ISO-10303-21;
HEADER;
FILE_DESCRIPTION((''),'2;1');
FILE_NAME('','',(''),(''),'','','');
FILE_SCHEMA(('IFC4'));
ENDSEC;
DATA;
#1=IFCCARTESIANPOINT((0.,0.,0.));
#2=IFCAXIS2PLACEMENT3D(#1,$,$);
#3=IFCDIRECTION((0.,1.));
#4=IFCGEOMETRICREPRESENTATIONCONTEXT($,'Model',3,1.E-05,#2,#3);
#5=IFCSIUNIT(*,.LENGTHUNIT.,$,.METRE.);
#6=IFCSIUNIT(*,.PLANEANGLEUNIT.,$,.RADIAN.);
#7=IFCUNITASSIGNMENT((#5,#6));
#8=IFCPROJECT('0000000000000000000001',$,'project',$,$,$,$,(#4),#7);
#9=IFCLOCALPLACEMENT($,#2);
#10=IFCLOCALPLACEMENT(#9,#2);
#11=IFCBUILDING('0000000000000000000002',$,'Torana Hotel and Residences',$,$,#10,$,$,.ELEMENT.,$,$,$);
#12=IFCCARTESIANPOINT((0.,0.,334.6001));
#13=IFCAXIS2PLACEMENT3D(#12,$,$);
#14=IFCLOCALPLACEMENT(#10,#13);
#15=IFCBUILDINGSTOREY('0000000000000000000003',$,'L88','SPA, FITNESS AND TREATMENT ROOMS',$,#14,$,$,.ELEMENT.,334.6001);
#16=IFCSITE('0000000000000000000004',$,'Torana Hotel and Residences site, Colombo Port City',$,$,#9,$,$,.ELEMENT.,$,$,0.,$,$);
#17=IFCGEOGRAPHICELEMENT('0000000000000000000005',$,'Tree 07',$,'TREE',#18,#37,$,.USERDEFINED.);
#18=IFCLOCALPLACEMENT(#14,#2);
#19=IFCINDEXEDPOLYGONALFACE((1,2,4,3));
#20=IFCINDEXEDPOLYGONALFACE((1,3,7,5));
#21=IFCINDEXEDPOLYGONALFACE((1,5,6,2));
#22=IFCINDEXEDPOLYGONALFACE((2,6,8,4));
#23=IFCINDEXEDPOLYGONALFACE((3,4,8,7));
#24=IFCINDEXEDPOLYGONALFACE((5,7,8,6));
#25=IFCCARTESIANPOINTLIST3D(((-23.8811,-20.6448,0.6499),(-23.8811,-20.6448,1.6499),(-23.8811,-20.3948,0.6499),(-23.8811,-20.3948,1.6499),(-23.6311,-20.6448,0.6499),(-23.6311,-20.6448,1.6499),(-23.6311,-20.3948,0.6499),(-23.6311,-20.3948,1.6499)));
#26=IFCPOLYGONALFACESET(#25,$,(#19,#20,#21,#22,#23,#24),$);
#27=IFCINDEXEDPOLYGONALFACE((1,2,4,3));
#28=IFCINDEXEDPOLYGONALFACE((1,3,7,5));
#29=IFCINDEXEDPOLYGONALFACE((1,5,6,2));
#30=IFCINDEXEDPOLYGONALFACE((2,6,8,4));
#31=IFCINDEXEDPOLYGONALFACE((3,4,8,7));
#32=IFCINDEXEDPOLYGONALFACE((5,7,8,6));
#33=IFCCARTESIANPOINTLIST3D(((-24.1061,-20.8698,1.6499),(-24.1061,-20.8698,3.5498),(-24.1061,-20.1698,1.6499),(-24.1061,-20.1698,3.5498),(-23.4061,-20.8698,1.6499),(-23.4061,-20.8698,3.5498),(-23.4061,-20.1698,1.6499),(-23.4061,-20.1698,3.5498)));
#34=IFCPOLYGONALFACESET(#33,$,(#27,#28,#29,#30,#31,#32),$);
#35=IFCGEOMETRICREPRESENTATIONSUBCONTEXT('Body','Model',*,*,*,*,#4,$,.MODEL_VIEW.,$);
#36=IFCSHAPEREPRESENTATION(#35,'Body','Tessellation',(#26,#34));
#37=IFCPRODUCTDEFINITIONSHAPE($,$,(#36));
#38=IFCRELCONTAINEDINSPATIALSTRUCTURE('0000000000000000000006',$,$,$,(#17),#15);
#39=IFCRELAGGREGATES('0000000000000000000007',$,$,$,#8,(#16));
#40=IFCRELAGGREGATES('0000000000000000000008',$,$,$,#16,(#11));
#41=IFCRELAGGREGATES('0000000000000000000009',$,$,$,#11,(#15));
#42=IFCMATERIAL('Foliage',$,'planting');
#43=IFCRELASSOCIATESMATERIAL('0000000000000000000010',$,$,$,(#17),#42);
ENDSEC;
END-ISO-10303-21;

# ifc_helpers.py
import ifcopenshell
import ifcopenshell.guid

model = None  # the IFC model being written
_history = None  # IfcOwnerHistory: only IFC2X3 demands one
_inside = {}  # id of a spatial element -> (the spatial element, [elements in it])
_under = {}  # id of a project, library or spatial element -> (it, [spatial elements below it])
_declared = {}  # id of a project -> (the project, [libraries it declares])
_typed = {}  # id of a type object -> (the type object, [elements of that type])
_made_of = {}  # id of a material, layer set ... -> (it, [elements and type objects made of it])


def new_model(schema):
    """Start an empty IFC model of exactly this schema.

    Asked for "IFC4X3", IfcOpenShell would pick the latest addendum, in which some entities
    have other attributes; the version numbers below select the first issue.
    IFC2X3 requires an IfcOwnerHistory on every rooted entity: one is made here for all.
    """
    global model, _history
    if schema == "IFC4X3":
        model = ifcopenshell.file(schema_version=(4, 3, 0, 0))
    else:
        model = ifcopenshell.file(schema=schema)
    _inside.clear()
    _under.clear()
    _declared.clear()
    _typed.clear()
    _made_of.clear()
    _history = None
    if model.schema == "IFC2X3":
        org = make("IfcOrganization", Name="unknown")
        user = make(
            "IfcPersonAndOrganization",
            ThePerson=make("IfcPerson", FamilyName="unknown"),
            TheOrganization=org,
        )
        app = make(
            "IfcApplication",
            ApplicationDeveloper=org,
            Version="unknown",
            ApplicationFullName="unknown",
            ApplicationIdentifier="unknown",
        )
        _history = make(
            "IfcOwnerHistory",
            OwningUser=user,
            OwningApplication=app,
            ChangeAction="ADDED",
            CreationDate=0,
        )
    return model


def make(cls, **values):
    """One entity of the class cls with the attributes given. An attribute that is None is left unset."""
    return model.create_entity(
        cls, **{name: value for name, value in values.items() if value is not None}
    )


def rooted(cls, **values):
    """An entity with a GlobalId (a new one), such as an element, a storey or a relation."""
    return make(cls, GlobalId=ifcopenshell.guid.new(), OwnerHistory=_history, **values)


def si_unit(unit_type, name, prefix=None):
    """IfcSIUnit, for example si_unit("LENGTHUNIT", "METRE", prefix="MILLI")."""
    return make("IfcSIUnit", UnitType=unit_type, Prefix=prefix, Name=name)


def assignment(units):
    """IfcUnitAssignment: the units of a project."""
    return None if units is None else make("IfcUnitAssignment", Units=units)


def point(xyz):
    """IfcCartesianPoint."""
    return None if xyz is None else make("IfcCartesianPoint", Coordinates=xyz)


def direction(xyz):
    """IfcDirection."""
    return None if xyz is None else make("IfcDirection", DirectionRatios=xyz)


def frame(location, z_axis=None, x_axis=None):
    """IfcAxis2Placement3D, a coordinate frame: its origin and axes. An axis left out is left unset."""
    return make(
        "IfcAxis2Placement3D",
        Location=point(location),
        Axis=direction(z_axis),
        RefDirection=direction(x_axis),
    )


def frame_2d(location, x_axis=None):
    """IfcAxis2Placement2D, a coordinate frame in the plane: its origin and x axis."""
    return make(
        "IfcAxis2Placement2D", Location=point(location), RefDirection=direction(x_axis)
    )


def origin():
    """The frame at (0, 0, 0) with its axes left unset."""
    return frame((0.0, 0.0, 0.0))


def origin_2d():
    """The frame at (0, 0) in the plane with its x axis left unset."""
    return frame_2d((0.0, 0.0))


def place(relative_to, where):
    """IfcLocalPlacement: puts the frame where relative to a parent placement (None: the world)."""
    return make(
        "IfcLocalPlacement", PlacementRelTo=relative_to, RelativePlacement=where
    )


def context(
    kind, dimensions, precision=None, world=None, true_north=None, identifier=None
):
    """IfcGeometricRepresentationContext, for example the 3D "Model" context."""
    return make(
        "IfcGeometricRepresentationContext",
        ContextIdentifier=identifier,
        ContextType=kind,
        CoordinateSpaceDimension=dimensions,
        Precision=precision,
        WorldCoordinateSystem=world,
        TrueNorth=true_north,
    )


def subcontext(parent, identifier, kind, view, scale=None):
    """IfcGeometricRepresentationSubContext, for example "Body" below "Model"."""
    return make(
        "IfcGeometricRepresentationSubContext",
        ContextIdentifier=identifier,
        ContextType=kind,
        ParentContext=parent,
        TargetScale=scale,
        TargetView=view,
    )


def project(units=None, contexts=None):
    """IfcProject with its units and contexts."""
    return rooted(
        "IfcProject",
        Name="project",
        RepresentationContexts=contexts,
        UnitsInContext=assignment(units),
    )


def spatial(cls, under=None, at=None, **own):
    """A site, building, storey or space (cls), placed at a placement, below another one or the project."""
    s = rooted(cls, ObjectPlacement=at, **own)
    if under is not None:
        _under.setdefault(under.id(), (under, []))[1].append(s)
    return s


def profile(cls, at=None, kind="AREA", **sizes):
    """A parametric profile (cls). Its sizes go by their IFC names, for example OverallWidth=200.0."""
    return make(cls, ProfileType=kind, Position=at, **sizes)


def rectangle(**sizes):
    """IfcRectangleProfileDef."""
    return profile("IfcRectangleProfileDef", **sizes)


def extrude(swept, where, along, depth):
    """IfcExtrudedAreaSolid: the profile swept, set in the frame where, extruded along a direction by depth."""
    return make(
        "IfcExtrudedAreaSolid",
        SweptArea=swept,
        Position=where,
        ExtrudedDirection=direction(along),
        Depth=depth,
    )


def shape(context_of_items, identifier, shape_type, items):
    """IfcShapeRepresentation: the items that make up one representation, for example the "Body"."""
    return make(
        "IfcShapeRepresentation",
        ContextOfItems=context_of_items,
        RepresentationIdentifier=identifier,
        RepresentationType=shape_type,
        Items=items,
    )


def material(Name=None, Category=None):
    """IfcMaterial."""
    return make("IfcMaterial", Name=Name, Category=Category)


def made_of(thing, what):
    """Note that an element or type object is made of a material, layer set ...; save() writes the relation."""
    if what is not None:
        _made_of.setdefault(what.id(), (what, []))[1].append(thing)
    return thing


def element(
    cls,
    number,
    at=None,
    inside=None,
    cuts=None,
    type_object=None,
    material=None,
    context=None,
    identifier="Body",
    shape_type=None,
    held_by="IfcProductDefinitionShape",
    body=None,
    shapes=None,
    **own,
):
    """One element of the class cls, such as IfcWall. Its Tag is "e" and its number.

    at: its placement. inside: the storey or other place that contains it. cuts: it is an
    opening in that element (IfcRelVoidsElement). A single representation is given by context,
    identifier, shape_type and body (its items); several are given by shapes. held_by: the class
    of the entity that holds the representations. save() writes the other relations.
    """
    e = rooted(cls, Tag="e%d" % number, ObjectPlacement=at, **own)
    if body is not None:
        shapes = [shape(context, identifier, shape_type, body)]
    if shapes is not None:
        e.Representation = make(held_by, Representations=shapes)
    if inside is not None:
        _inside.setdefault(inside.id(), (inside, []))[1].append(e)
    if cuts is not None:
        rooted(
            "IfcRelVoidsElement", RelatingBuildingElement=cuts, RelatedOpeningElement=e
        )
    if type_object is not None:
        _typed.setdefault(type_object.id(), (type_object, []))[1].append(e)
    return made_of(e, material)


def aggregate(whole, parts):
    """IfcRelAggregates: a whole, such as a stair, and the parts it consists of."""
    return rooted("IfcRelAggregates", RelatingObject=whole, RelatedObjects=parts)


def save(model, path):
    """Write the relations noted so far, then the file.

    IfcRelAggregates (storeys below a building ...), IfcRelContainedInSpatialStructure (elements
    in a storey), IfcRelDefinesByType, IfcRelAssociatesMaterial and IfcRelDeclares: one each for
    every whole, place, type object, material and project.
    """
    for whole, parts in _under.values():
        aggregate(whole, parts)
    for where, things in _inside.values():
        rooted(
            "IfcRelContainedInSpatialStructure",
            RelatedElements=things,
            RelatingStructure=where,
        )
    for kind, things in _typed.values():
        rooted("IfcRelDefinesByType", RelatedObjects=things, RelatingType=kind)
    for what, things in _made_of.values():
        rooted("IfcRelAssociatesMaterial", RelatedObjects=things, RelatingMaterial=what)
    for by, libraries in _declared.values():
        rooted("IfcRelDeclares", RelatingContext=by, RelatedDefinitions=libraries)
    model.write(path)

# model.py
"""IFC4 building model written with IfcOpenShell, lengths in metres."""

from ifc_helpers import new_model, si_unit, direction, frame, origin, origin_2d, place, context, subcontext, project, spatial, rectangle, extrude, material, element, save


model = new_model("IFC4")

# Units and contexts
model_context = context("Model", 3, precision=1e-05, world=origin(), true_north=direction((0.0, 1.0)))
body_context = subcontext(model_context, "Body", "Model", "MODEL_VIEW")
ifc_project = project(units=[si_unit("LENGTHUNIT", "METRE"), si_unit("PLANEANGLEUNIT", "RADIAN")], contexts=[model_context])

# Site, building, storey
site_placement = place(None, origin())
site = spatial("IfcSite", under=ifc_project, at=site_placement, Name="Torana Hotel and Residences site, Colombo Port City", CompositionType="ELEMENT", RefElevation=0.0)
building_placement = place(site_placement, origin())
building = spatial("IfcBuilding", under=site, at=building_placement, Name="Torana Hotel and Residences", CompositionType="ELEMENT")
storey_placement = place(building_placement, frame((0.0, 0.0, 334.6001)))
storey = spatial("IfcBuildingStorey", under=building, at=storey_placement, Name="L88", Description="SPA, FITNESS AND TREATMENT ROOMS", CompositionType="ELEMENT", Elevation=334.6001)

# Geographic element
ifc_material_1 = material(Name="Foliage", Category="planting")
geographic_element_placement = place(storey_placement, frame((-23.7561, -20.5198, 0.6499), z_axis=(0.0, 0.0, 1.0), x_axis=(1.0, 0.0, 0.0)))
element("IfcGeographicElement", 1, at=geographic_element_placement, inside=storey, material=ifc_material_1, Name="Tree 07", ObjectType="TREE", PredefinedType="USERDEFINED", context=body_context, shape_type="SweptSolid", body=[
    extrude(rectangle(XDim=0.25, YDim=0.25, at=origin_2d()), origin(), (0.0, 0.0, 1.0), 1.0),
    extrude(rectangle(XDim=0.7, YDim=0.7, at=origin_2d()), frame((0.0, 0.0, 1.0)), (0.0, 0.0, 1.0), 1.8999),
])

save(model, "model.ifc")
